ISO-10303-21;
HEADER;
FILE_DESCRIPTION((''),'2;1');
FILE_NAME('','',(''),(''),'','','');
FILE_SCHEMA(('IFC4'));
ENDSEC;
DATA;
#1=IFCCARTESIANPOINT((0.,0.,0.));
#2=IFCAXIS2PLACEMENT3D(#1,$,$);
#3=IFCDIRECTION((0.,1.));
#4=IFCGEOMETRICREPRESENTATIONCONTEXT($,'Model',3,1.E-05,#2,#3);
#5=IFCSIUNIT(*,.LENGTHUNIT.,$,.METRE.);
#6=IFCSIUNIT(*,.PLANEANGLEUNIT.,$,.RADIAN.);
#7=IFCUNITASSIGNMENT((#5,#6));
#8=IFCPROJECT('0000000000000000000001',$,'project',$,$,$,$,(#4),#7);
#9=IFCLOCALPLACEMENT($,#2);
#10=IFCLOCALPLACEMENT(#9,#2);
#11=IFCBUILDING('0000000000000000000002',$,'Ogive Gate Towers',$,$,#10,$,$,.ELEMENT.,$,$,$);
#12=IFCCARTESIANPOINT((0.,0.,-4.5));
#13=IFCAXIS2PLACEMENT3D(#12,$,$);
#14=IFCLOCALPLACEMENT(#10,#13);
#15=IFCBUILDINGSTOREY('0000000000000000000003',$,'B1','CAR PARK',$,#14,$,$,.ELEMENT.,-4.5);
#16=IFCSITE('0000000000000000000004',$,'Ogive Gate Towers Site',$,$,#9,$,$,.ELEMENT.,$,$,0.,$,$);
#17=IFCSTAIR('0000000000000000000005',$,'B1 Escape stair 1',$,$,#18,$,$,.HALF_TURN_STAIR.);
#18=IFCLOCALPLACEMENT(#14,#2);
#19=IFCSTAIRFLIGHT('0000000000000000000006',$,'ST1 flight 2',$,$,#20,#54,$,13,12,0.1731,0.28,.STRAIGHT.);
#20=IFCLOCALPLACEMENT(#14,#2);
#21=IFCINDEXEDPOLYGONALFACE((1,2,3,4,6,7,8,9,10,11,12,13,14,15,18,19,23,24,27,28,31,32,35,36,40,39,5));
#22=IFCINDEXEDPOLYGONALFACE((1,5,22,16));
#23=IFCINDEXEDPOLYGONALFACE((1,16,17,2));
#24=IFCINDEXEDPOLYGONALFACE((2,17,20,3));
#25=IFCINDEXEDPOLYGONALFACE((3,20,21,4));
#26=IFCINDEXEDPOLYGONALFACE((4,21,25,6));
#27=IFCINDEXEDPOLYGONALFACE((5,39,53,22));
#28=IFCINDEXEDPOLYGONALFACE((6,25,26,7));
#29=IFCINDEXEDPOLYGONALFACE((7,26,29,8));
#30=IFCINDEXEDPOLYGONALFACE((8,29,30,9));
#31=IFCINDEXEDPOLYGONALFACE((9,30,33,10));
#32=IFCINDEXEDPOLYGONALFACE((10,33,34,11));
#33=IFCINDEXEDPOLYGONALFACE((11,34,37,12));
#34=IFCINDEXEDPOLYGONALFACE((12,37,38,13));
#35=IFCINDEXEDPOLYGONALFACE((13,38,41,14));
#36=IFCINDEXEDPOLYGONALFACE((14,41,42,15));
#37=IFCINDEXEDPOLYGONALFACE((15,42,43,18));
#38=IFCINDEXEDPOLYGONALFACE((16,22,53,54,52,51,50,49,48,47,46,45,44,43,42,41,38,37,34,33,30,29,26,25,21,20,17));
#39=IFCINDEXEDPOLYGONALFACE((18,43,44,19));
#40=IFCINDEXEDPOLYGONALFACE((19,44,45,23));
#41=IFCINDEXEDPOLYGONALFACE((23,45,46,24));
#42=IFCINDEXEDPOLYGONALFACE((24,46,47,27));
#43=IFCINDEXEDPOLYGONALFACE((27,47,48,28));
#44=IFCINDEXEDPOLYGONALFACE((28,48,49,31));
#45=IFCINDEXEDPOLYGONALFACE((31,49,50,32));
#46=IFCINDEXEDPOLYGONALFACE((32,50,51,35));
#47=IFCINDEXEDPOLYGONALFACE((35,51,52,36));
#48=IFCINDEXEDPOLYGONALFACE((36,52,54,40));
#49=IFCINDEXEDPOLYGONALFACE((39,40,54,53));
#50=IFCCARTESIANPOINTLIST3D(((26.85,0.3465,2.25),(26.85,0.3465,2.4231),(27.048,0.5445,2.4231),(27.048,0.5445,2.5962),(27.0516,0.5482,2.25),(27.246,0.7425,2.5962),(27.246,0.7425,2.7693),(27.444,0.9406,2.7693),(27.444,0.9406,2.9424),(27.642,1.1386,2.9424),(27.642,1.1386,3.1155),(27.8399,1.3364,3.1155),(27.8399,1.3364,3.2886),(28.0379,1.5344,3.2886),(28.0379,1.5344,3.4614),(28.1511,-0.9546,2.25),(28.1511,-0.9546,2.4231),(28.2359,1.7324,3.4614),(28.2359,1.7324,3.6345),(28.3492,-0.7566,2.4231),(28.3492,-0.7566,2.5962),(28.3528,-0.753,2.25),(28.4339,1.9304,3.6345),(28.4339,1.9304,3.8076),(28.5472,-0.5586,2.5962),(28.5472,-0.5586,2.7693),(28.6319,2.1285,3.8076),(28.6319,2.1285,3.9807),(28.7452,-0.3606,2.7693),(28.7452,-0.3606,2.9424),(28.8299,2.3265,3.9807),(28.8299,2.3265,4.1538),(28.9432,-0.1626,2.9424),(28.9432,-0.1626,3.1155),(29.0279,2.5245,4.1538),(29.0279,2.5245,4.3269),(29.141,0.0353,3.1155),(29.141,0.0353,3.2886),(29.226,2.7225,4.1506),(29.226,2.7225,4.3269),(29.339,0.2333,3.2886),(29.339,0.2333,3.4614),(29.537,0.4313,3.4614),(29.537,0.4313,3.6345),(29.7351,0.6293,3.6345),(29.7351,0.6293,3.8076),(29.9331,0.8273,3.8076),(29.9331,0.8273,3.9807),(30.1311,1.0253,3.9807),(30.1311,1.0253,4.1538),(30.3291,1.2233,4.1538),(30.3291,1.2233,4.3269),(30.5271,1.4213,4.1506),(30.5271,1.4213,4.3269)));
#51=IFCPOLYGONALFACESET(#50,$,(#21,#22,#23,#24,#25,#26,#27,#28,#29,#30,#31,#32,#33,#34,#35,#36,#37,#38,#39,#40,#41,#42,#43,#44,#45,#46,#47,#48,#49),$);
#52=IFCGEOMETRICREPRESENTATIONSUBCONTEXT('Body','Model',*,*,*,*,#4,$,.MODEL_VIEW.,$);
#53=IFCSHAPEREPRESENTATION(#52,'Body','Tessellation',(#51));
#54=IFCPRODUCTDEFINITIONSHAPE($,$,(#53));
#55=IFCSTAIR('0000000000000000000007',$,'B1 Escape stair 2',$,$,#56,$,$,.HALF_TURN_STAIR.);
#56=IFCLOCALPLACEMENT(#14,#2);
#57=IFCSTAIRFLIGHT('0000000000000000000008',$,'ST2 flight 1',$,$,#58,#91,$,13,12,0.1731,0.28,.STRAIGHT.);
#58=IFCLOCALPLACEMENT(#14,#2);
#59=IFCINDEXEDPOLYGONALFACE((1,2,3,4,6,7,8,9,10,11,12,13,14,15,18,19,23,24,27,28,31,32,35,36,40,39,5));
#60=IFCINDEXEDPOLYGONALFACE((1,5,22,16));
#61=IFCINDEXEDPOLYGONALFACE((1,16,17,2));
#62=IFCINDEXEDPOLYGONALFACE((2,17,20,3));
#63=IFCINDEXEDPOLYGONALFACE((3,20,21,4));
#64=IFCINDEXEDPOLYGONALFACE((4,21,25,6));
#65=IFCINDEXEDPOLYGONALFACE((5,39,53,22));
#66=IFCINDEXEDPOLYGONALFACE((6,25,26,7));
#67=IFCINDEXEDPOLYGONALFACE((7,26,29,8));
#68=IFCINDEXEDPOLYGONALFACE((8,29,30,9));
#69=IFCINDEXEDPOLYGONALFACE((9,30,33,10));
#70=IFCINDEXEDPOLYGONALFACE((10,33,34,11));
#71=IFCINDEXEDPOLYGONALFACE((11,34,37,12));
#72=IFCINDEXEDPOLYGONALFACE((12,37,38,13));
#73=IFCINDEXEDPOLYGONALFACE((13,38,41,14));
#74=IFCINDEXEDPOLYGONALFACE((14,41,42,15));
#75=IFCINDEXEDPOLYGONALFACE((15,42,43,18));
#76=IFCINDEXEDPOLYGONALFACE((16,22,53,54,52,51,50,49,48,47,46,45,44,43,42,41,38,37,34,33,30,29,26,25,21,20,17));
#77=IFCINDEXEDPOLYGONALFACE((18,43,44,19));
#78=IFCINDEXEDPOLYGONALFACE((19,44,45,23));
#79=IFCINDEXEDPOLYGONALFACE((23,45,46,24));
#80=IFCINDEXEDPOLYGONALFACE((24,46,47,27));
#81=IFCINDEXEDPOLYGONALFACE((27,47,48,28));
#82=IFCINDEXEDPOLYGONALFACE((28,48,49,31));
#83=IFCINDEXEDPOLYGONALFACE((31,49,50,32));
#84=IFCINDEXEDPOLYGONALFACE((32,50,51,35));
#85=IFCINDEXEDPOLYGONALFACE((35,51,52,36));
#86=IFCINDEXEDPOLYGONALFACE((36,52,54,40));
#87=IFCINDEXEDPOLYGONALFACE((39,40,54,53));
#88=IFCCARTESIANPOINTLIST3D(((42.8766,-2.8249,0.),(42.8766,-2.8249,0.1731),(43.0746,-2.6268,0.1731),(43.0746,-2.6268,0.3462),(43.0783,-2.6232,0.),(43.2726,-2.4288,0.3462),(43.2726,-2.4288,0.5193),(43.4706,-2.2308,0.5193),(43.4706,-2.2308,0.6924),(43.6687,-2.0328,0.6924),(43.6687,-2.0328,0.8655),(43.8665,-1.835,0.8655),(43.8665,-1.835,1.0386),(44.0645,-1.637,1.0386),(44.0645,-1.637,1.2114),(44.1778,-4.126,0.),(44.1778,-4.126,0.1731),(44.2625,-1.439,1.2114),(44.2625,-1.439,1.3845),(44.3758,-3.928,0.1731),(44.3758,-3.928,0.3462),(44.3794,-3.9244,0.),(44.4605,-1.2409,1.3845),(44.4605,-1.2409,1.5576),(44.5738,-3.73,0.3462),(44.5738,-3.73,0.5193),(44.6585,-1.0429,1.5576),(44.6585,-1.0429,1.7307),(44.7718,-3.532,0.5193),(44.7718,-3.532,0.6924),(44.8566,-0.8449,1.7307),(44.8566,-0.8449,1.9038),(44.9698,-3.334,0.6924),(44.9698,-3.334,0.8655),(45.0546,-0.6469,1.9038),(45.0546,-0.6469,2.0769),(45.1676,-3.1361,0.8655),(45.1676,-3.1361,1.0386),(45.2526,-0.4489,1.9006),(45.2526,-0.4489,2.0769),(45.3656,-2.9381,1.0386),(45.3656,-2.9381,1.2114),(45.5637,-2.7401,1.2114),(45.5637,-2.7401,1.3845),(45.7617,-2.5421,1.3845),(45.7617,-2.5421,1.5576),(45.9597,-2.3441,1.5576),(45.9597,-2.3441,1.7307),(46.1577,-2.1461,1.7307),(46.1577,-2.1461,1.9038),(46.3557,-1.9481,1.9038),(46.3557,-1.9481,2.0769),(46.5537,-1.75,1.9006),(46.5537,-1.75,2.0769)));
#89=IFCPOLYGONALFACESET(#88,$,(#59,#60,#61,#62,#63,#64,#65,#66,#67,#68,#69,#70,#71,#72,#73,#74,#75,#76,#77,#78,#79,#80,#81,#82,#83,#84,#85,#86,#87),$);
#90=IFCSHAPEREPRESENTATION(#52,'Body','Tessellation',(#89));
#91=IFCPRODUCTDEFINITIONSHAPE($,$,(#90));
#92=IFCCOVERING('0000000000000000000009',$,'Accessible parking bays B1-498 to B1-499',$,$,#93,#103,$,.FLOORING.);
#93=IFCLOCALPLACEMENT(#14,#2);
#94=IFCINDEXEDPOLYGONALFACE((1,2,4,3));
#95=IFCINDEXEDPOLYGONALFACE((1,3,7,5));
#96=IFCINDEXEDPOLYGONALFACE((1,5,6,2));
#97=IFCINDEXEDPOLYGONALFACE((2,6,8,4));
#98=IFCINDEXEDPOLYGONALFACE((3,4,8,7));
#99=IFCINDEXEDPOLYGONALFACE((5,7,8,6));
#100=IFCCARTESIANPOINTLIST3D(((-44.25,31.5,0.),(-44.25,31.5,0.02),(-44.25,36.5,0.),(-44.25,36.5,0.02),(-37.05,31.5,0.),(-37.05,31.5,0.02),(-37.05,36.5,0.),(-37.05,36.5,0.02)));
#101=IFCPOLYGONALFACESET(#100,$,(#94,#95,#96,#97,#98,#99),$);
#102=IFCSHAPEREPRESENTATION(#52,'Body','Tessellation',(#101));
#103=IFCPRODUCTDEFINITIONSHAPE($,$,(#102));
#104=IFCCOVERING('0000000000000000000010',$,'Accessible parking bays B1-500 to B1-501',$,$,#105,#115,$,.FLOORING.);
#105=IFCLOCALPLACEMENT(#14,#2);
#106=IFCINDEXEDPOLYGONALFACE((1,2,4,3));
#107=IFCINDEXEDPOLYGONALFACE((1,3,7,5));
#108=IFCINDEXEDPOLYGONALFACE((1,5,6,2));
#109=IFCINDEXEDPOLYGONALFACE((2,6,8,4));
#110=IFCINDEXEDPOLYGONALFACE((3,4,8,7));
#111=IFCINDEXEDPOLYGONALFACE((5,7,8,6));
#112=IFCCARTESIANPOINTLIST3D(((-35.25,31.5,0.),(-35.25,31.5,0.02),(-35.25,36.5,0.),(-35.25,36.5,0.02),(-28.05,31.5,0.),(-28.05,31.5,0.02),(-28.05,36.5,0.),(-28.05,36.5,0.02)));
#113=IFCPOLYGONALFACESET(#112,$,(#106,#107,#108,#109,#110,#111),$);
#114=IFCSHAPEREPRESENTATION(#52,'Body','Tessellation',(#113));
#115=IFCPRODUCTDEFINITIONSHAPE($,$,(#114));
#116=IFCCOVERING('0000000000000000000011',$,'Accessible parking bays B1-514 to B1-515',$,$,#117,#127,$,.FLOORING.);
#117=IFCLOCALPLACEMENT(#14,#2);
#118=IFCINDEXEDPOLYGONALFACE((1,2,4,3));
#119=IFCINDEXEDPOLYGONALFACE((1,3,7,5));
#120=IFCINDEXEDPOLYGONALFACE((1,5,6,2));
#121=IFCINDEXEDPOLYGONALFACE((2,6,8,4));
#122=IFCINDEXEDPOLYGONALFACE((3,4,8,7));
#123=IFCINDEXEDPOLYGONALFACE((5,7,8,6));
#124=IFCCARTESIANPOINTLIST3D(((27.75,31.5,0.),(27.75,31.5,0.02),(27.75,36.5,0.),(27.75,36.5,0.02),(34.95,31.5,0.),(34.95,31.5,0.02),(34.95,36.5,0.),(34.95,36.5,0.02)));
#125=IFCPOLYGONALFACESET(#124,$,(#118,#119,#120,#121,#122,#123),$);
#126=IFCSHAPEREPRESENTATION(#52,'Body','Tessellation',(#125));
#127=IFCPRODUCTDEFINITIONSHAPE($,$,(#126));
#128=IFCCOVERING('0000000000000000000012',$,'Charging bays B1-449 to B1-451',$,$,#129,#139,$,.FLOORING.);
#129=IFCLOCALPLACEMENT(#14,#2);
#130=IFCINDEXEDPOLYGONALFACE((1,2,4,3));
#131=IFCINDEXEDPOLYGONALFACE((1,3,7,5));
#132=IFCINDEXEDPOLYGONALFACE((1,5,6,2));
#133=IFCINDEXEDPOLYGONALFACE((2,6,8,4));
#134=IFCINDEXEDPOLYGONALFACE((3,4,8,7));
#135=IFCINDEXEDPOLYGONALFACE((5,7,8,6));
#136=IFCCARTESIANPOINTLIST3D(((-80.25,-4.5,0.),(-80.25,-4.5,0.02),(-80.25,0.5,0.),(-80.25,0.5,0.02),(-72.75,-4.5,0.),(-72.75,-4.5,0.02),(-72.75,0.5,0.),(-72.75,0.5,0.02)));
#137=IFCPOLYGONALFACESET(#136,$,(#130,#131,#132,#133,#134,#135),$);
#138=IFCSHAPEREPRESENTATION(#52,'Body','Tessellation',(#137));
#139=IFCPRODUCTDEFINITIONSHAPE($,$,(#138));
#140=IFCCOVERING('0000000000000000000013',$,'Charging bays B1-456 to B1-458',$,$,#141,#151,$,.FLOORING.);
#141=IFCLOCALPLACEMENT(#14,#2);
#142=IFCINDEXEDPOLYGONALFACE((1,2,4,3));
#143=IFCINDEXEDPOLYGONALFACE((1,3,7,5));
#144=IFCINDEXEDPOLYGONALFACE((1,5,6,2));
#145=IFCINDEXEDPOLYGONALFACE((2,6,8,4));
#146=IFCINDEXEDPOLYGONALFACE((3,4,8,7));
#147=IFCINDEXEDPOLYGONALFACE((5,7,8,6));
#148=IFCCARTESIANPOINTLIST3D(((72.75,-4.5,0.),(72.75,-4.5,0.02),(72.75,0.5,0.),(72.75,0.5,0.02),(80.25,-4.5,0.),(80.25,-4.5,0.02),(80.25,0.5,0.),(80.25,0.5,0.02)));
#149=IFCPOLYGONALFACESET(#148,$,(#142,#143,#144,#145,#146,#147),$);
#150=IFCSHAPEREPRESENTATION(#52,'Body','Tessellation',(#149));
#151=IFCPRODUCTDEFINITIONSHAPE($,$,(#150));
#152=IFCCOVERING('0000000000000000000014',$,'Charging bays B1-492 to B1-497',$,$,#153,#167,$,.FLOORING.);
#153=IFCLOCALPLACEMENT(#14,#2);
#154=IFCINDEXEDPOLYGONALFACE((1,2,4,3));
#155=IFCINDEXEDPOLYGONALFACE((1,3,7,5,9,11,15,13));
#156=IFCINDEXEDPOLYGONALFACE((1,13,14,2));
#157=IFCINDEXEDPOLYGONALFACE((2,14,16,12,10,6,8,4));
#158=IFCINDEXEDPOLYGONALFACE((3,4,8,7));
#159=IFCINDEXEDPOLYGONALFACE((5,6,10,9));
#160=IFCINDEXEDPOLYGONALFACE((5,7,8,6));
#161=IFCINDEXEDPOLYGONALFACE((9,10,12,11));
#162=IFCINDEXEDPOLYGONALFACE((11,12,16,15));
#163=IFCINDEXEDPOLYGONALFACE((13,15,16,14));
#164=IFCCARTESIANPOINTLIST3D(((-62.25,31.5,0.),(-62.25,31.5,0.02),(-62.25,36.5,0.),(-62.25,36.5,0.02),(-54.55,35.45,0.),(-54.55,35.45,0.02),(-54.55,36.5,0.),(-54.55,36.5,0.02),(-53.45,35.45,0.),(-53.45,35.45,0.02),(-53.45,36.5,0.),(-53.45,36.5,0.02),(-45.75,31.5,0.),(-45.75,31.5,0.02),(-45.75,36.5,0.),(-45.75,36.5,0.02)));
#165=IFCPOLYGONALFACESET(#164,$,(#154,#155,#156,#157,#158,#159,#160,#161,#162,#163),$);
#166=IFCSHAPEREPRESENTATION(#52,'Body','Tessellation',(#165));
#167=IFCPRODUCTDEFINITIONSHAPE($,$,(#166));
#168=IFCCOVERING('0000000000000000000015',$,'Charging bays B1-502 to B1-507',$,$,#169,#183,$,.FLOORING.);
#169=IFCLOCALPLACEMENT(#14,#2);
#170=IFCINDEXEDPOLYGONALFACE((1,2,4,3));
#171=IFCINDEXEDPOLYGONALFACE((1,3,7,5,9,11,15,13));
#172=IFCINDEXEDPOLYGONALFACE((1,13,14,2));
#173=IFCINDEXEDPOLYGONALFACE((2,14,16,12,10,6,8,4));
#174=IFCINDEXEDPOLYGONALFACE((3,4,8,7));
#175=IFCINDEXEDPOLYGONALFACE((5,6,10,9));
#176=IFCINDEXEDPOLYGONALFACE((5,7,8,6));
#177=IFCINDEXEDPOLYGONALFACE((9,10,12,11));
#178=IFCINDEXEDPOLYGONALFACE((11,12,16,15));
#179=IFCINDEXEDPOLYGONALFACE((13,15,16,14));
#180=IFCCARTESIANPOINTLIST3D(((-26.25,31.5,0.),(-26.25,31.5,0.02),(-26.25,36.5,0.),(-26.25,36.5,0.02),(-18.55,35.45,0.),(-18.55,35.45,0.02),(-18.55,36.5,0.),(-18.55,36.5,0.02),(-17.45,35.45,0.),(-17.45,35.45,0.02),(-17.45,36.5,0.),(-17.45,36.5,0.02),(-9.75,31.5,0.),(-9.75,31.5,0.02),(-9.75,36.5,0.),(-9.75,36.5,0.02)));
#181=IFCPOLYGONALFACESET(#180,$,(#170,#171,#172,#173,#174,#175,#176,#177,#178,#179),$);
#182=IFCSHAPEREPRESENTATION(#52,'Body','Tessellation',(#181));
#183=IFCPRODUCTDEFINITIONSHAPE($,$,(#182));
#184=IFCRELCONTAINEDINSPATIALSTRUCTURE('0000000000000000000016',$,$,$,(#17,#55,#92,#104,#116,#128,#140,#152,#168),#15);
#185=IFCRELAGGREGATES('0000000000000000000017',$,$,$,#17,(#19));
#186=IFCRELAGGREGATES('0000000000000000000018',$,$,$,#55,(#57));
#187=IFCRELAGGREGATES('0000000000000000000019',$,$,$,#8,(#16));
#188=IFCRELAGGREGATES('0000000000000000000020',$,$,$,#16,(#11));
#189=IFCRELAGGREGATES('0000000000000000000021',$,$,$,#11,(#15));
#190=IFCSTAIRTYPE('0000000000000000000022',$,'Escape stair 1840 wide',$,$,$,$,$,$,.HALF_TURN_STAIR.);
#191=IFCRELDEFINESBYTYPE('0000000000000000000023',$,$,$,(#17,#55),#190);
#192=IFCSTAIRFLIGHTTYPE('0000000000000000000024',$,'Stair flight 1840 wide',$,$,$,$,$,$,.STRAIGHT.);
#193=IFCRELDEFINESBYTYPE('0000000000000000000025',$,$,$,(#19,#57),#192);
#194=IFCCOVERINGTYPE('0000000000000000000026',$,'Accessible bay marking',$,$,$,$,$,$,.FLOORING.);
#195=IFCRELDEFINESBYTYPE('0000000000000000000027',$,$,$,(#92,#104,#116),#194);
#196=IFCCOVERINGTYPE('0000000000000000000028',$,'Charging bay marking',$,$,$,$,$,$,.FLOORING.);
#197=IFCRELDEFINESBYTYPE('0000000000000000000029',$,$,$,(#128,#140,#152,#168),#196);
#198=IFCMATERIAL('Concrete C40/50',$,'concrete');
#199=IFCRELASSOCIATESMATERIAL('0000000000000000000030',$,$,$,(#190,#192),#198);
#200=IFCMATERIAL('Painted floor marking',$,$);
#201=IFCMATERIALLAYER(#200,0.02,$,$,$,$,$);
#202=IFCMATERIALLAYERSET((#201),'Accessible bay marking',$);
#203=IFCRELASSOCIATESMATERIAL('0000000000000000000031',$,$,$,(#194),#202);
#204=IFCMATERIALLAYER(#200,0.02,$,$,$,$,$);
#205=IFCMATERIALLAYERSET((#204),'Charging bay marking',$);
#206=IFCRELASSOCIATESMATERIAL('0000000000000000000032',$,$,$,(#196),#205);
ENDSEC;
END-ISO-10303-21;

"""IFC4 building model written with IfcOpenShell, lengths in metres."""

from ifc_helpers import new_model, si_unit, direction, frame, origin, place, context, subcontext, project, spatial, polyline, outline, extrude, material, layer, layer_set, type_object, element, aggregate, save


model = new_model("IFC4")

# Units and contexts
model_context = context("Model", 3, precision=1e-05, world=origin(), true_north=direction((0.0, 1.0)))
body_context = subcontext(model_context, "Body", "Model", "MODEL_VIEW")
ifc_project = project(units=[si_unit("LENGTHUNIT", "METRE"), si_unit("PLANEANGLEUNIT", "RADIAN")], contexts=[model_context])

# Site, building, storey
site_placement = place(None, origin())
site = spatial("IfcSite", under=ifc_project, at=site_placement, Name="Ogive Gate Towers Site", CompositionType="ELEMENT", RefElevation=0.0)
building_placement = place(site_placement, origin())
building = spatial("IfcBuilding", under=site, at=building_placement, Name="Ogive Gate Towers", CompositionType="ELEMENT")
storey_placement = place(building_placement, frame((0.0, 0.0, -4.5)))
storey = spatial("IfcBuildingStorey", under=building, at=storey_placement, Name="B1", Description="CAR PARK", CompositionType="ELEMENT", Elevation=-4.5)

# Stairs, stair flights
ifc_material_1 = material(Name="Concrete C40/50", Category="concrete")
stair_type = type_object("IfcStairType", Name="Escape stair 1840 wide", PredefinedType="HALF_TURN_STAIR", material=ifc_material_1)
stair_1_placement = place(storey_placement, origin())
stair_1 = element("IfcStair", 1, at=stair_1_placement, inside=storey, type_object=stair_type, Name="B1 Escape stair 1", PredefinedType="HALF_TURN_STAIR")
stair_flight_type = type_object("IfcStairFlightType", Name="Stair flight 1840 wide", PredefinedType="STRAIGHT", material=ifc_material_1)
stair_flight_1_placement = place(storey_placement, frame((27.5005, -0.304, 2.25), z_axis=(0.0, 0.0, 1.0), x_axis=(0.707107, 0.707107, 0.0)))
stair_flight_1 = element("IfcStairFlight", 2, at=stair_flight_1_placement, type_object=stair_flight_type, Name="ST1 flight 2", NumberOfRisers=13, NumberOfTreads=12, PredefinedType="STRAIGHT", RiserHeight=0.1731, TreadLength=0.28, context=body_context, shape_type="SweptSolid", body=[
    extrude(outline(polyline([(0.0, 0.0), (0.0, 0.1731), (0.28, 0.1731), (0.28, 0.3462), (0.5601, 0.3462), (0.5601, 0.5193), (0.8401, 0.5193), (0.8401, 0.6924), (1.1201, 0.6924), (1.1201, 0.8655), (1.3999, 0.8655), (1.3999, 1.0386), (1.6799, 1.0386), (1.6799, 1.2114), (1.96, 1.2114), (1.96, 1.3845), (2.24, 1.3845), (2.24, 1.5576), (2.52, 1.5576), (2.52, 1.7307), (2.8, 1.7307), (2.8, 1.9038), (3.0801, 1.9038), (3.0801, 2.0769), (3.3601, 2.0769), (3.3601, 2.25), (3.3601, 1.9006), (0.2852, 0.0), (0.0, 0.0)])), frame((0.0, 0.9199, 0.0), z_axis=(0.0, -1.0, 0.0), x_axis=(1.0, 0.0, 0.0)), (0.0, 0.0, 1.0), 1.8401),
])
aggregate(stair_1, [stair_flight_1])
stair_2_placement = place(storey_placement, origin())
stair_2 = element("IfcStair", 3, at=stair_2_placement, inside=storey, type_object=stair_type, Name="B1 Escape stair 2", PredefinedType="HALF_TURN_STAIR")
stair_flight_2_placement = place(storey_placement, frame((43.5271, -3.4753, 0.0), z_axis=(0.0, 0.0, 1.0), x_axis=(0.707107, 0.707107, 0.0)))
stair_flight_2 = element("IfcStairFlight", 4, at=stair_flight_2_placement, type_object=stair_flight_type, Name="ST2 flight 1", NumberOfRisers=13, NumberOfTreads=12, PredefinedType="STRAIGHT", RiserHeight=0.1731, TreadLength=0.28, context=body_context, shape_type="SweptSolid", body=[
    extrude(outline(polyline([(0.0, 0.0), (0.0, 0.1731), (0.28, 0.1731), (0.28, 0.3462), (0.5601, 0.3462), (0.5601, 0.5193), (0.8401, 0.5193), (0.8401, 0.6924), (1.1201, 0.6924), (1.1201, 0.8655), (1.3999, 0.8655), (1.3999, 1.0386), (1.6799, 1.0386), (1.6799, 1.2114), (1.96, 1.2114), (1.96, 1.3845), (2.24, 1.3845), (2.24, 1.5576), (2.52, 1.5576), (2.52, 1.7307), (2.8, 1.7307), (2.8, 1.9038), (3.0801, 1.9038), (3.0801, 2.0769), (3.3601, 2.0769), (3.3601, 2.25), (3.3601, 1.9006), (0.2852, 0.0), (0.0, 0.0)])), frame((0.0, 0.9199, 0.0), z_axis=(0.0, -1.0, 0.0), x_axis=(1.0, 0.0, 0.0)), (0.0, 0.0, 1.0), 1.8401),
])
aggregate(stair_2, [stair_flight_2])

# Coverings
ifc_material_2 = material(Name="Painted floor marking")
ifc_layer_1 = layer(ifc_material_2, 0.02)
ifc_layer_set_1 = layer_set([ifc_layer_1], Name="Accessible bay marking")
covering_type_1 = type_object("IfcCoveringType", Name="Accessible bay marking", PredefinedType="FLOORING", material=ifc_layer_set_1)
covering_1_placement = place(storey_placement, origin())
element("IfcCovering", 5, at=covering_1_placement, inside=storey, type_object=covering_type_1, Name="Accessible parking bays B1-498 to B1-499", PredefinedType="FLOORING", context=body_context, shape_type="SweptSolid", body=[
    extrude(outline(polyline([(-37.05, 36.5), (-37.05, 31.5), (-44.25, 31.5), (-44.25, 36.5), (-37.05, 36.5)])), origin(), (0.0, 0.0, 1.0), 0.02),
])
covering_2_placement = place(storey_placement, origin())
element("IfcCovering", 6, at=covering_2_placement, inside=storey, type_object=covering_type_1, Name="Accessible parking bays B1-500 to B1-501", PredefinedType="FLOORING", context=body_context, shape_type="SweptSolid", body=[
    extrude(outline(polyline([(-28.05, 31.5), (-35.25, 31.5), (-35.25, 36.5), (-28.05, 36.5), (-28.05, 31.5)])), origin(), (0.0, 0.0, 1.0), 0.02),
])
covering_3_placement = place(storey_placement, origin())
element("IfcCovering", 7, at=covering_3_placement, inside=storey, type_object=covering_type_1, Name="Accessible parking bays B1-514 to B1-515", PredefinedType="FLOORING", context=body_context, shape_type="SweptSolid", body=[
    extrude(outline(polyline([(34.95, 31.5), (27.75, 31.5), (27.75, 36.5), (34.95, 36.5), (34.95, 31.5)])), origin(), (0.0, 0.0, 1.0), 0.02),
])
ifc_layer_2 = layer(ifc_material_2, 0.02)
ifc_layer_set_2 = layer_set([ifc_layer_2], Name="Charging bay marking")
covering_type_2 = type_object("IfcCoveringType", Name="Charging bay marking", PredefinedType="FLOORING", material=ifc_layer_set_2)
covering_4_placement = place(storey_placement, origin())
element("IfcCovering", 8, at=covering_4_placement, inside=storey, type_object=covering_type_2, Name="Charging bays B1-449 to B1-451", PredefinedType="FLOORING", context=body_context, shape_type="SweptSolid", body=[
    extrude(outline(polyline([(-72.75, 0.5), (-72.75, -4.5), (-80.25, -4.5), (-80.25, 0.5), (-72.75, 0.5)])), origin(), (0.0, 0.0, 1.0), 0.02),
])
covering_5_placement = place(storey_placement, origin())
element("IfcCovering", 9, at=covering_5_placement, inside=storey, type_object=covering_type_2, Name="Charging bays B1-456 to B1-458", PredefinedType="FLOORING", context=body_context, shape_type="SweptSolid", body=[
    extrude(outline(polyline([(80.25, 0.5), (80.25, -4.5), (72.75, -4.5), (72.75, 0.5), (80.25, 0.5)])), origin(), (0.0, 0.0, 1.0), 0.02),
])
covering_6_placement = place(storey_placement, origin())
element("IfcCovering", 10, at=covering_6_placement, inside=storey, type_object=covering_type_2, Name="Charging bays B1-492 to B1-497", PredefinedType="FLOORING", context=body_context, shape_type="SweptSolid", body=[
    extrude(outline(polyline([(-62.25, 36.5), (-54.55, 36.5), (-54.55, 35.45), (-53.45, 35.45), (-53.45, 36.5), (-45.75, 36.5), (-45.75, 31.5), (-62.25, 31.5), (-62.25, 36.5)])), origin(), (0.0, 0.0, 1.0), 0.02),
])
covering_7_placement = place(storey_placement, origin())
element("IfcCovering", 11, at=covering_7_placement, inside=storey, type_object=covering_type_2, Name="Charging bays B1-502 to B1-507", PredefinedType="FLOORING", context=body_context, shape_type="SweptSolid", body=[
    extrude(outline(polyline([(-26.25, 36.5), (-18.55, 36.5), (-18.55, 35.45), (-17.45, 35.45), (-17.45, 36.5), (-9.75, 36.5), (-9.75, 31.5), (-26.25, 31.5), (-26.25, 36.5)])), origin(), (0.0, 0.0, 1.0), 0.02),
])

save(model, "model.ifc")
